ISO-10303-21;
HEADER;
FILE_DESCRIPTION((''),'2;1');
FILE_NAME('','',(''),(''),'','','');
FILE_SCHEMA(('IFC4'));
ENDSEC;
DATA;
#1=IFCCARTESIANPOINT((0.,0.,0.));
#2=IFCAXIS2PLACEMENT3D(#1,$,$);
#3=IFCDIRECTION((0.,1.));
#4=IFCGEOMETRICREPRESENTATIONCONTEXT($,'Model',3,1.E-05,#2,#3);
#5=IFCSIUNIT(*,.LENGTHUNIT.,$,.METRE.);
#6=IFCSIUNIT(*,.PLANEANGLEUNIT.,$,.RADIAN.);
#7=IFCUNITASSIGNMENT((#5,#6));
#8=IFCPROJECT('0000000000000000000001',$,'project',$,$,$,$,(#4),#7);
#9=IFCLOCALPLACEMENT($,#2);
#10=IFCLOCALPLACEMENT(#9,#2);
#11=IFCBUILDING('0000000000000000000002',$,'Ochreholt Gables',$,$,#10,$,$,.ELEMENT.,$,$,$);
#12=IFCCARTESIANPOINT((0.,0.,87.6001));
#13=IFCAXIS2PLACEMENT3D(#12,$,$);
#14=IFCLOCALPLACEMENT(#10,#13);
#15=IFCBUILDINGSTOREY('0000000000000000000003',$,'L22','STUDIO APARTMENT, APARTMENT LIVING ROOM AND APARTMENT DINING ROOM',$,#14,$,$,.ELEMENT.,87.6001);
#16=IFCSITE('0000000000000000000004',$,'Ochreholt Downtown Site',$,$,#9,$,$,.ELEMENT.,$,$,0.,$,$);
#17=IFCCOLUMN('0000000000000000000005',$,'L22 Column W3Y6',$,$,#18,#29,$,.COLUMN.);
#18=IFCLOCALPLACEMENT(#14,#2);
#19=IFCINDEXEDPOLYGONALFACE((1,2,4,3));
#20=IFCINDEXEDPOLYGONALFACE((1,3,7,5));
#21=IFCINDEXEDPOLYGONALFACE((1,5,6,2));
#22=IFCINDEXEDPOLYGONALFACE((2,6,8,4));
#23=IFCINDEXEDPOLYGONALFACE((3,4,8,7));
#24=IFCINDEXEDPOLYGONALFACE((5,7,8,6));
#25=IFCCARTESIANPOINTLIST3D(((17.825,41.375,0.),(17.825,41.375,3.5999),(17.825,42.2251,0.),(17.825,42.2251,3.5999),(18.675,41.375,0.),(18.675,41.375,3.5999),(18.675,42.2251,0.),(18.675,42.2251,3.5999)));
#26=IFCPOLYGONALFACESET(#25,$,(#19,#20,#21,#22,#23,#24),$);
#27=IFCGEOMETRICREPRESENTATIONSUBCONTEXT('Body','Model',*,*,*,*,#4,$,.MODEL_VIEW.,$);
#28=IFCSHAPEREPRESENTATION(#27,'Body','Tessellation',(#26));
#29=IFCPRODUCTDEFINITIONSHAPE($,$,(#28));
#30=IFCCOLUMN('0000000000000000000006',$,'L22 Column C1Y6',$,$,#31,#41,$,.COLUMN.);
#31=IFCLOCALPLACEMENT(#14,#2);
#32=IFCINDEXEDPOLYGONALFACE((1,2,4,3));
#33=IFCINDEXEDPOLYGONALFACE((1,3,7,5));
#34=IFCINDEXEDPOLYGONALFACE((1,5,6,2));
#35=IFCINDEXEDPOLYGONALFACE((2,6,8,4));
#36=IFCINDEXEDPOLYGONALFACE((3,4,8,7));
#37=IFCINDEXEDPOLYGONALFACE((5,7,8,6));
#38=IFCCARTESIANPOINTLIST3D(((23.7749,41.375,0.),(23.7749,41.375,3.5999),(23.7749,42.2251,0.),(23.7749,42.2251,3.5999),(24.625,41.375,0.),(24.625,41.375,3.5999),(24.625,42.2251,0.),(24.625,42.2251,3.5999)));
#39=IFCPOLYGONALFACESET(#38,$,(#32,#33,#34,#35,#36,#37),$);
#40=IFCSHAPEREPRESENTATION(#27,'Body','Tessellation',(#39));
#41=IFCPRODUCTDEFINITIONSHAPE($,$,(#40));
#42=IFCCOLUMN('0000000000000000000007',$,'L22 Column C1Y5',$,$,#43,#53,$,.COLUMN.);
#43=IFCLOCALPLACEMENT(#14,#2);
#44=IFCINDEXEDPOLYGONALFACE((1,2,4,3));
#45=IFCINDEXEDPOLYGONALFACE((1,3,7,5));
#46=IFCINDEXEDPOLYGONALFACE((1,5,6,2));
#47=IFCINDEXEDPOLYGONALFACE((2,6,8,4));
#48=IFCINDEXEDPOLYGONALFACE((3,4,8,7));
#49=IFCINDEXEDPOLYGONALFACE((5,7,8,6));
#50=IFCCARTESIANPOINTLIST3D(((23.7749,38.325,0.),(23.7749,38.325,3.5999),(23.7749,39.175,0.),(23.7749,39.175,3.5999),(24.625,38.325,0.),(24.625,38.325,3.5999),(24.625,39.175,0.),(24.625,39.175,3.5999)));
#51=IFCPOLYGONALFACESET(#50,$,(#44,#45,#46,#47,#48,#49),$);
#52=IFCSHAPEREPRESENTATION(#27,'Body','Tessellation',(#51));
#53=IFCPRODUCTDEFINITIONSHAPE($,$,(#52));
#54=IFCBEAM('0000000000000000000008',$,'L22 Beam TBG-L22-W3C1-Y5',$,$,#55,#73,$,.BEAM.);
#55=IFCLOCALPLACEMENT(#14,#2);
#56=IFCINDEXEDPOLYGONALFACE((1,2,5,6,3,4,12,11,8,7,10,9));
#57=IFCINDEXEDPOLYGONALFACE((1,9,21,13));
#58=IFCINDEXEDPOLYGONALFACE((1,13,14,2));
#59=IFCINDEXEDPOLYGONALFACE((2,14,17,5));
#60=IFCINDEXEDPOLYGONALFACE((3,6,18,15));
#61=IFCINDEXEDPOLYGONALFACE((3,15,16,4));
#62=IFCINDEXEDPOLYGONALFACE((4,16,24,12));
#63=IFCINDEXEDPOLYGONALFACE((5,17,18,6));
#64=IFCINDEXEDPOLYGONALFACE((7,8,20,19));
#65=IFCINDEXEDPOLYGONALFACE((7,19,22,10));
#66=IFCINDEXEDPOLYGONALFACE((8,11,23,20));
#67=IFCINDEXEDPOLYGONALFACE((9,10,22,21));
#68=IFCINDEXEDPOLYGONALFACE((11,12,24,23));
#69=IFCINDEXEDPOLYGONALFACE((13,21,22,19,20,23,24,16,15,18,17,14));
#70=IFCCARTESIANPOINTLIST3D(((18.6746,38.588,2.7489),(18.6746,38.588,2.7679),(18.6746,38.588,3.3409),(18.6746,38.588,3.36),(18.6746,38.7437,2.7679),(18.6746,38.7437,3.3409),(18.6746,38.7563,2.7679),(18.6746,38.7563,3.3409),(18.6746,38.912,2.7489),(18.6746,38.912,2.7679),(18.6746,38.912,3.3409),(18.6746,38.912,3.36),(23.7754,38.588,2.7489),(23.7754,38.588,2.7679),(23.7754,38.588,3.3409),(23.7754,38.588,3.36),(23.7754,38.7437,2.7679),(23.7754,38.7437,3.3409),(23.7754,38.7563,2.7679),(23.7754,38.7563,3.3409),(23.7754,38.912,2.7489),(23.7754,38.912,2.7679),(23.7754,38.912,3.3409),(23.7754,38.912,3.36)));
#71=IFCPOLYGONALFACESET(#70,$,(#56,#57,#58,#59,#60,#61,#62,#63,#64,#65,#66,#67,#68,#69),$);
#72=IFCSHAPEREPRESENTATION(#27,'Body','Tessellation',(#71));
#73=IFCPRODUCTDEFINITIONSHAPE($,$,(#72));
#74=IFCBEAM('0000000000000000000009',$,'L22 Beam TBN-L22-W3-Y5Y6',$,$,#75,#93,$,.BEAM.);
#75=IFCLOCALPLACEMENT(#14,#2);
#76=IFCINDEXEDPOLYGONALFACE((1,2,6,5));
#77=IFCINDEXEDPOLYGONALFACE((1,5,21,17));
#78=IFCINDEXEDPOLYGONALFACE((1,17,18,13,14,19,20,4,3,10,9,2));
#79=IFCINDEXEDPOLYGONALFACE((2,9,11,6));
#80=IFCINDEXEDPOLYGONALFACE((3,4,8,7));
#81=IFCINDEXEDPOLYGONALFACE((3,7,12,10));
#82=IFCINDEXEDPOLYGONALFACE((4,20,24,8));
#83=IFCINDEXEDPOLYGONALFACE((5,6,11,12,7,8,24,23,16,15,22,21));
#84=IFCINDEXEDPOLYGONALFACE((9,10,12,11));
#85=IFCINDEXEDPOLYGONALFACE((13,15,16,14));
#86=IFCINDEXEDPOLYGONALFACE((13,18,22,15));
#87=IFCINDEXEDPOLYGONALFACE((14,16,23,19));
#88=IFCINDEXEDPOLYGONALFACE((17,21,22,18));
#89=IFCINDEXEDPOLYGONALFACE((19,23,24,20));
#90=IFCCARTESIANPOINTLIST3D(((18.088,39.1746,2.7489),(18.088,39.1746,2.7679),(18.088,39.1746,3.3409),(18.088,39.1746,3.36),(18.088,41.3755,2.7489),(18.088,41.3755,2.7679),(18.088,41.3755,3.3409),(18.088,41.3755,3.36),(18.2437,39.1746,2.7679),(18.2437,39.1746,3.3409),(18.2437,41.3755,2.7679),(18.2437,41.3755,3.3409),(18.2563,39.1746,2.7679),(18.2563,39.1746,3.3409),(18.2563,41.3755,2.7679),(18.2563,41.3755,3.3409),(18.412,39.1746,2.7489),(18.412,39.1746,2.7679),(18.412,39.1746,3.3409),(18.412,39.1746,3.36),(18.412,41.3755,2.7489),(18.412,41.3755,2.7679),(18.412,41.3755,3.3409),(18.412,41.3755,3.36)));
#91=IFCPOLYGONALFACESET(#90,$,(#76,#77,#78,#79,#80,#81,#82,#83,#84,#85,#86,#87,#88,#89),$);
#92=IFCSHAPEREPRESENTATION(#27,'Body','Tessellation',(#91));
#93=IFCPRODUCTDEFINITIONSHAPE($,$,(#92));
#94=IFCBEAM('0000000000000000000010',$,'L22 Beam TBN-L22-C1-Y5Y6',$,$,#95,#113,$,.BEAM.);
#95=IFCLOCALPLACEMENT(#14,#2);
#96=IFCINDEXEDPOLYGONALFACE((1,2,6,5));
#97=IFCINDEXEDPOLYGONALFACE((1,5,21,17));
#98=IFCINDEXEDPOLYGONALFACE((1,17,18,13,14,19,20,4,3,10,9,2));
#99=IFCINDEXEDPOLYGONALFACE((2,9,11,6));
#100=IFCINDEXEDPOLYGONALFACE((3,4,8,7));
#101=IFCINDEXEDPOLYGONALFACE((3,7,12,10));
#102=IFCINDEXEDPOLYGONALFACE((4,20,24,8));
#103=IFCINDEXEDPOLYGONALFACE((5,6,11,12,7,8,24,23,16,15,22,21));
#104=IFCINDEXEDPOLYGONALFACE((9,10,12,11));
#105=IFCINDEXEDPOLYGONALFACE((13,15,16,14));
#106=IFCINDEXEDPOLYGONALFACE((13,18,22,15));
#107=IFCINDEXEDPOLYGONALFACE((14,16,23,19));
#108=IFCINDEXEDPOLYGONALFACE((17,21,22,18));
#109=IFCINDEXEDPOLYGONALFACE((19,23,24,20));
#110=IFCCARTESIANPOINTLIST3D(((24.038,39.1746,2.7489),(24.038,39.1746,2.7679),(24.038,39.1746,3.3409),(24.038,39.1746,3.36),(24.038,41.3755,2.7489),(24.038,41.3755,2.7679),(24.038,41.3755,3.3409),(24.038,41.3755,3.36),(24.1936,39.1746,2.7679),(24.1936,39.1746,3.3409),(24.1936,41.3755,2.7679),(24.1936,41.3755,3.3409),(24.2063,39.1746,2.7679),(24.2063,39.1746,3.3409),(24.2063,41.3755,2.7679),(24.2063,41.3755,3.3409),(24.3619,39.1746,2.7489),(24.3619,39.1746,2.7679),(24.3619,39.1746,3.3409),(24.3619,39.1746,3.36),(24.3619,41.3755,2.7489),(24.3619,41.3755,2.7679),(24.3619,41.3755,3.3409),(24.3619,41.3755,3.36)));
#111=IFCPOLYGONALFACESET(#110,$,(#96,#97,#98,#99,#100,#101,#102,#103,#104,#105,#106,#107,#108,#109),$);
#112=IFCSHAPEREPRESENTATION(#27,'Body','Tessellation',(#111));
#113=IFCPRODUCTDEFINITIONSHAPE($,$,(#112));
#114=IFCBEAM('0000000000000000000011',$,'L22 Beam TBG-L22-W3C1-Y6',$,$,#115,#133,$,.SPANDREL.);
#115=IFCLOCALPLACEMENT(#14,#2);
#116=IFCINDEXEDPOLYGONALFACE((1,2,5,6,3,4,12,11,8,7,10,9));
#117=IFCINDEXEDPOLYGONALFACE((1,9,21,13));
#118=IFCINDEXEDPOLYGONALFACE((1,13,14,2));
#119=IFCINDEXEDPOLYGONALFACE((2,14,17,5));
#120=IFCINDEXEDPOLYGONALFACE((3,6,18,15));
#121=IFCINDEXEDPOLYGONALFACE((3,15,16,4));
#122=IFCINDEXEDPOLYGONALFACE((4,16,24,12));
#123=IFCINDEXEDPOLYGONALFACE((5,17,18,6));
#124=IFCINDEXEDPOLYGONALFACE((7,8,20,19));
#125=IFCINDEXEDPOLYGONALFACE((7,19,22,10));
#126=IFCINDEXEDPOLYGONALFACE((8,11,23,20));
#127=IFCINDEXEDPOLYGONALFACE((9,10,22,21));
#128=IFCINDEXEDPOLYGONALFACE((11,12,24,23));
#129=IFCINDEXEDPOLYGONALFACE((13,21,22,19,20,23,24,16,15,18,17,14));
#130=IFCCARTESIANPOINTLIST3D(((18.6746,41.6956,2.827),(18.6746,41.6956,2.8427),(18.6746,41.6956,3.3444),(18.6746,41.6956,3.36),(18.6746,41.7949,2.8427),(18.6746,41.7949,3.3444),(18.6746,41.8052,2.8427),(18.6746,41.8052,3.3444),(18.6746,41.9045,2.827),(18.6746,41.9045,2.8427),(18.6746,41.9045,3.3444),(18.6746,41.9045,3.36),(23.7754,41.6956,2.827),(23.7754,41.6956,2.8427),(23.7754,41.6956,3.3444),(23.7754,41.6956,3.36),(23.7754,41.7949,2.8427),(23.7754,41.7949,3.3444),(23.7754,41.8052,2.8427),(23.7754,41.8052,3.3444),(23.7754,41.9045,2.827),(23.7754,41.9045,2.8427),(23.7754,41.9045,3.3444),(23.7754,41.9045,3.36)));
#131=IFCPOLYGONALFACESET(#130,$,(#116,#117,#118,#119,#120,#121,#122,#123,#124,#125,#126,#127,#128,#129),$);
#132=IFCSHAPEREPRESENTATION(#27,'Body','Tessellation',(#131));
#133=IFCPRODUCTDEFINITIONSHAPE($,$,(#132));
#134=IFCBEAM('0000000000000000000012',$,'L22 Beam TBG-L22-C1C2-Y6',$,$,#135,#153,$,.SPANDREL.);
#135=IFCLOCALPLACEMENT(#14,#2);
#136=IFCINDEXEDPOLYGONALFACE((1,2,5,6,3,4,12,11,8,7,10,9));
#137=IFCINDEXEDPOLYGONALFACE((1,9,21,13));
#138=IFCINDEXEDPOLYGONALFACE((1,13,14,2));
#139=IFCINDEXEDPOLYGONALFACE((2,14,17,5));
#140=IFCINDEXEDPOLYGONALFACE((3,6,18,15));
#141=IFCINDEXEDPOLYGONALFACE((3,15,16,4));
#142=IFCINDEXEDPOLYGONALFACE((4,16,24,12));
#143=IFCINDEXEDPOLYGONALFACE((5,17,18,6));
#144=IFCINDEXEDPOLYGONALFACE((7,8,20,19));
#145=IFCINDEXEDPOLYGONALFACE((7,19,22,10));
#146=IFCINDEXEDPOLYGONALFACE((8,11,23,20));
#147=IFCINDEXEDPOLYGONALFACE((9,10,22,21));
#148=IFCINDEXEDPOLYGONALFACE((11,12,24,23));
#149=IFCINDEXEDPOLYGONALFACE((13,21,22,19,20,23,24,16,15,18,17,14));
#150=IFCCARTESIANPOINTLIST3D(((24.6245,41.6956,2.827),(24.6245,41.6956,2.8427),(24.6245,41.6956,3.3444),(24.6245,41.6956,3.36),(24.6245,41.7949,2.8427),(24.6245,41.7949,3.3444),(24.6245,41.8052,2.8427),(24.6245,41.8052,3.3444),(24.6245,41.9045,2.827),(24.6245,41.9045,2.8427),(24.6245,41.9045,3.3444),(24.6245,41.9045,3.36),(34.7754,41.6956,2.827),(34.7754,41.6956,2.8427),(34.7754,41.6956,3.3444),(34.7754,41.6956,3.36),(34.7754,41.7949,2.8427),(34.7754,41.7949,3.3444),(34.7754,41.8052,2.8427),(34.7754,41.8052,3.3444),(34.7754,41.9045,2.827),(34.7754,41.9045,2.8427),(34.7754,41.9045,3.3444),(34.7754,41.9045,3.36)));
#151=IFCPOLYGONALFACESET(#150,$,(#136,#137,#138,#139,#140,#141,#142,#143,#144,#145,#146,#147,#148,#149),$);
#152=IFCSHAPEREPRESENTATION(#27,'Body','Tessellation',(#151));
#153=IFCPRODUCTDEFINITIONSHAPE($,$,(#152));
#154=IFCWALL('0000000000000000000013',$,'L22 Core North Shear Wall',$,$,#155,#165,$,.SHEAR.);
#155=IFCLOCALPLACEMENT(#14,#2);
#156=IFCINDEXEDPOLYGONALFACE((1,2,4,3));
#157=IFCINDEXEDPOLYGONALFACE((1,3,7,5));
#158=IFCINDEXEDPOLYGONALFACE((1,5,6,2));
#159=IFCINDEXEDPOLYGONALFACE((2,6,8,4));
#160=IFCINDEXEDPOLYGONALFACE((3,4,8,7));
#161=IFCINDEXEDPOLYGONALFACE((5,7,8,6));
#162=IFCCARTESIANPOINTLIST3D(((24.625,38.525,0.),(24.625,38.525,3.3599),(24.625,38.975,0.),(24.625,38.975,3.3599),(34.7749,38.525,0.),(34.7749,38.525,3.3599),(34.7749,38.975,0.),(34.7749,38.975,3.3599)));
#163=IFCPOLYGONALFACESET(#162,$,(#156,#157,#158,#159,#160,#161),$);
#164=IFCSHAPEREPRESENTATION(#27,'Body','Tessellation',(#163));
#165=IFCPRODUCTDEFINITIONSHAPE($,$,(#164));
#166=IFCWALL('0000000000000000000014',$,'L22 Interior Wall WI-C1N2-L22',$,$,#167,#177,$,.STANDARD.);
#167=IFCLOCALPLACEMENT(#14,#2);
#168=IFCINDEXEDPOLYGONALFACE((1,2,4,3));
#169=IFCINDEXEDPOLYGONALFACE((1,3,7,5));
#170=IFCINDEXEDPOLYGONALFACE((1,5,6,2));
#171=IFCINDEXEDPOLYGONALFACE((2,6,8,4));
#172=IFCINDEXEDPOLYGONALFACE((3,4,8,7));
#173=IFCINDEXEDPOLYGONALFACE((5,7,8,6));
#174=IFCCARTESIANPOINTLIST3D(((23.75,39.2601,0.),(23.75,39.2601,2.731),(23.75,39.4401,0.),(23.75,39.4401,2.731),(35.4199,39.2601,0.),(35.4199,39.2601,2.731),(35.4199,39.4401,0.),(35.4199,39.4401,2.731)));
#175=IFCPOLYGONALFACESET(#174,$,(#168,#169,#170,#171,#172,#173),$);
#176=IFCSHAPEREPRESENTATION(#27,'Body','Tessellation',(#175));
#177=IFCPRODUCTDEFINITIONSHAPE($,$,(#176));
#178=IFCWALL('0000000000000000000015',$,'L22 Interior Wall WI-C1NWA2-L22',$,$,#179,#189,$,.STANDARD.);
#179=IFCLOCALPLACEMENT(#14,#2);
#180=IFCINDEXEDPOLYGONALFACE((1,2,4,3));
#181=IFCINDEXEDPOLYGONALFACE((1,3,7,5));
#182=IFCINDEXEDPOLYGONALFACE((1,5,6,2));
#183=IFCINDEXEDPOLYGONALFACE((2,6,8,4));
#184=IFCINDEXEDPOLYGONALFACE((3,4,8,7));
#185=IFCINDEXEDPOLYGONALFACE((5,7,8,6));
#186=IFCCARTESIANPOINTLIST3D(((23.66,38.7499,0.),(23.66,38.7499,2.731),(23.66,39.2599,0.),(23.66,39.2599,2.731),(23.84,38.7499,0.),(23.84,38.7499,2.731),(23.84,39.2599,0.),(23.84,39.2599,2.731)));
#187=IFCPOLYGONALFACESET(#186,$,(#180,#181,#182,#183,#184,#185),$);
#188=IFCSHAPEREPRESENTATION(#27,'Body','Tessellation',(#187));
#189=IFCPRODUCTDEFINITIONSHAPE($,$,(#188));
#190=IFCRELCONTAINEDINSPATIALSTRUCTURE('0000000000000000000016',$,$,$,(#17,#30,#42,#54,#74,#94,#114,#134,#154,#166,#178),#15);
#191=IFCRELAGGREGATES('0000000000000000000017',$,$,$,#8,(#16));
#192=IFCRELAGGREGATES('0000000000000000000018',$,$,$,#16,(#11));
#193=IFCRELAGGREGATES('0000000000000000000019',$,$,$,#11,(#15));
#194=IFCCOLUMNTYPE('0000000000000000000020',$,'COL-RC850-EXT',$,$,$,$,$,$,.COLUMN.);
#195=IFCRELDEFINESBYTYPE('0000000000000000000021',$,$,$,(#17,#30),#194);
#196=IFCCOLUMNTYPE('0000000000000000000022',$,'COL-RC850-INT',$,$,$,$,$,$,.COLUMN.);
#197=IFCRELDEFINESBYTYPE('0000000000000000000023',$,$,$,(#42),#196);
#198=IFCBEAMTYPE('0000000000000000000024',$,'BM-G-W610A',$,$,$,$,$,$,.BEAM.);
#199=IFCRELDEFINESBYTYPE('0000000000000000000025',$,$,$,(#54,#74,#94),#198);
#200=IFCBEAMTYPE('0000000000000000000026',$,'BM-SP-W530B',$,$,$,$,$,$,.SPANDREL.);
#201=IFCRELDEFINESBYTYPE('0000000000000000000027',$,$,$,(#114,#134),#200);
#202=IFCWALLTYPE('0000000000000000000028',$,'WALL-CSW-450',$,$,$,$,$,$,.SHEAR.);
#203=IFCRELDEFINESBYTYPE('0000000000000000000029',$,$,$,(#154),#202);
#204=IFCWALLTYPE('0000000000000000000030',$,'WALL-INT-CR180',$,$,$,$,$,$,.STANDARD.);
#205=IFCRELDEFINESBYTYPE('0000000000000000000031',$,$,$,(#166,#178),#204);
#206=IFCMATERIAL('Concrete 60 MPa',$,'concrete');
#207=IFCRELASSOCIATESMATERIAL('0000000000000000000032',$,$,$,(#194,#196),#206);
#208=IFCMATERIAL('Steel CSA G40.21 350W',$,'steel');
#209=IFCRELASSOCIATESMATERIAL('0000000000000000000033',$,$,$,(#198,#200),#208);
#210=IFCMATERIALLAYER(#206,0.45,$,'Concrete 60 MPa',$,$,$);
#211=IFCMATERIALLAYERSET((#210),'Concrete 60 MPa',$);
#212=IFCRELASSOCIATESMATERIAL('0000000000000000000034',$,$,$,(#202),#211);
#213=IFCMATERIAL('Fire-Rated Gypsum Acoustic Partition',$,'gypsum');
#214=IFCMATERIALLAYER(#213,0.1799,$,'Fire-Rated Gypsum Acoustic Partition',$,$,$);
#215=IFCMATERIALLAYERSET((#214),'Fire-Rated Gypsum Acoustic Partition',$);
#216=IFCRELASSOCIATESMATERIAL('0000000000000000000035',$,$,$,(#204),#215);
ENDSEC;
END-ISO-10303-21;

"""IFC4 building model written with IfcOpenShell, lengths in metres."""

from ifc_helpers import new_model, si_unit, direction, frame, frame_2d, origin, origin_2d, place, context, subcontext, project, spatial, rectangle, i_section, extrude, material, layer, layer_set, material_profile, profile_set, type_object, element, save


model = new_model("IFC4")

# Units and contexts
model_context = context("Model", 3, precision=1e-05, world=origin(), true_north=direction((0.0, 1.0)))
body_context = subcontext(model_context, "Body", "Model", "MODEL_VIEW")
ifc_project = project(units=[si_unit("LENGTHUNIT", "METRE"), si_unit("PLANEANGLEUNIT", "RADIAN")], contexts=[model_context])

# Site, building, storey
site_placement = place(None, origin())
site = spatial("IfcSite", under=ifc_project, at=site_placement, Name="Ochreholt Downtown Site", CompositionType="ELEMENT", RefElevation=0.0)
building_placement = place(site_placement, origin())
building = spatial("IfcBuilding", under=site, at=building_placement, Name="Ochreholt Gables", CompositionType="ELEMENT")
storey_placement = place(building_placement, frame((0.0, 0.0, 87.6001)))
storey = spatial("IfcBuildingStorey", under=building, at=storey_placement, Name="L22", Description="STUDIO APARTMENT, APARTMENT LIVING ROOM AND APARTMENT DINING ROOM", CompositionType="ELEMENT", Elevation=87.6001)

# Columns
ifc_material_1 = material(Name="Concrete 60 MPa", Category="concrete")
ifc_material_profile_1 = material_profile(ifc_material_1, rectangle(XDim=0.8501, YDim=0.8501, at=origin_2d()), Name="RC850X850")
ifc_profile_set_1 = profile_set([ifc_material_profile_1], Name="Concrete 60 MPa")
column_type_1 = type_object("IfcColumnType", Name="COL-RC850-EXT", PredefinedType="COLUMN", material=ifc_profile_set_1)
for number, where, z_axis, x_axis, name in (
    (1, (18.25, 41.8, 0.0), (0.0, 0.0, 1.0), (1.0, 0.0, 0.0), "L22 Column W3Y6"),
    (2, (24.2, 41.8, 0.0), (0.0, 0.0, 1.0), (1.0, 0.0, 0.0), "L22 Column C1Y6"),
):
    element("IfcColumn", number, at=place(storey_placement, frame(where, z_axis=z_axis, x_axis=x_axis)), inside=storey, type_object=column_type_1, Name=name, PredefinedType="COLUMN", context=body_context, shape_type="SweptSolid", body=[
        extrude(rectangle(XDim=0.8501, YDim=0.8501, at=origin_2d()), origin(), (0.0, 0.0, 1.0), 3.5999),
    ])
ifc_material_profile_2 = material_profile(ifc_material_1, rectangle(XDim=0.8501, YDim=0.8501, at=origin_2d()), Name="RC850X850")
ifc_profile_set_2 = profile_set([ifc_material_profile_2], Name="Concrete 60 MPa")
column_type_2 = type_object("IfcColumnType", Name="COL-RC850-INT", PredefinedType="COLUMN", material=ifc_profile_set_2)
column_placement = place(storey_placement, frame((24.2, 38.75, 0.0), z_axis=(0.0, 0.0, 1.0), x_axis=(1.0, 0.0, 0.0)))
element("IfcColumn", 3, at=column_placement, inside=storey, type_object=column_type_2, Name="L22 Column C1Y5", PredefinedType="COLUMN", context=body_context, shape_type="SweptSolid", body=[
    extrude(rectangle(XDim=0.8501, YDim=0.8501, at=origin_2d()), origin(), (0.0, 0.0, 1.0), 3.5999),
])

# Beams
ifc_material_2 = material(Name="Steel CSA G40.21 350W", Category="steel")
ifc_material_profile_3 = material_profile(ifc_material_2, i_section(OverallWidth=0.324, OverallDepth=0.6111, WebThickness=0.0127, FlangeThickness=0.019, at=origin_2d()), Name="W610X155")
ifc_profile_set_3 = profile_set([ifc_material_profile_3], Name="Steel CSA G40.21 350W")
beam_type_1 = type_object("IfcBeamType", Name="BM-G-W610A", PredefinedType="BEAM", material=ifc_profile_set_3)
beam_1_placement = place(storey_placement, frame((18.6746, 38.75, 3.0544), z_axis=(1.0, 0.0, 0.0), x_axis=(0.0, 1.0, 0.0)))
element("IfcBeam", 4, at=beam_1_placement, inside=storey, type_object=beam_type_1, Name="L22 Beam TBG-L22-W3C1-Y5", PredefinedType="BEAM", context=body_context, shape_type="SweptSolid", body=[
    extrude(i_section(OverallWidth=0.324, OverallDepth=0.6111, WebThickness=0.0127, FlangeThickness=0.019, at=origin_2d()), origin(), (0.0, 0.0, 1.0), 5.1008),
])
for number, where, z_axis, x_axis, name in (
    (5, (18.25, 39.1746, 3.0544), (0.0, 1.0, 0.0), (-1.0, 0.0, 0.0), "L22 Beam TBN-L22-W3-Y5Y6"),
    (6, (24.2, 39.1746, 3.0544), (0.0, 1.0, 0.0), (-1.0, 0.0, 0.0), "L22 Beam TBN-L22-C1-Y5Y6"),
):
    element("IfcBeam", number, at=place(storey_placement, frame(where, z_axis=z_axis, x_axis=x_axis)), inside=storey, type_object=beam_type_1, Name=name, PredefinedType="BEAM", context=body_context, shape_type="SweptSolid", body=[
        extrude(i_section(OverallWidth=0.324, OverallDepth=0.6111, WebThickness=0.0127, FlangeThickness=0.019, at=origin_2d()), origin(), (0.0, 0.0, 1.0), 2.2009),
    ])
ifc_material_profile_4 = material_profile(ifc_material_2, i_section(OverallWidth=0.209, OverallDepth=0.533, WebThickness=0.0103, FlangeThickness=0.0156, at=origin_2d()), Name="W530X92")
ifc_profile_set_4 = profile_set([ifc_material_profile_4], Name="Steel CSA G40.21 350W")
beam_type_2 = type_object("IfcBeamType", Name="BM-SP-W530B", PredefinedType="SPANDREL", material=ifc_profile_set_4)
beam_2_placement = place(storey_placement, frame((18.6746, 41.8, 3.0935), z_axis=(1.0, 0.0, 0.0), x_axis=(0.0, 1.0, 0.0)))
element("IfcBeam", 7, at=beam_2_placement, inside=storey, type_object=beam_type_2, Name="L22 Beam TBG-L22-W3C1-Y6", PredefinedType="SPANDREL", context=body_context, shape_type="SweptSolid", body=[
    extrude(i_section(OverallWidth=0.209, OverallDepth=0.533, WebThickness=0.0103, FlangeThickness=0.0156, at=origin_2d()), origin(), (0.0, 0.0, 1.0), 5.1008),
])
beam_3_placement = place(storey_placement, frame((24.6245, 41.8, 3.0935), z_axis=(1.0, 0.0, 0.0), x_axis=(0.0, 1.0, 0.0)))
element("IfcBeam", 8, at=beam_3_placement, inside=storey, type_object=beam_type_2, Name="L22 Beam TBG-L22-C1C2-Y6", PredefinedType="SPANDREL", context=body_context, shape_type="SweptSolid", body=[
    extrude(i_section(OverallWidth=0.209, OverallDepth=0.533, WebThickness=0.0103, FlangeThickness=0.0156, at=origin_2d()), origin(), (0.0, 0.0, 1.0), 10.1509),
])

# Wall
ifc_layer_1 = layer(ifc_material_1, 0.45, Name="Concrete 60 MPa")
ifc_layer_set_1 = layer_set([ifc_layer_1], Name="Concrete 60 MPa")
wall_type_1 = type_object("IfcWallType", Name="WALL-CSW-450", PredefinedType="SHEAR", material=ifc_layer_set_1)
wall_1_placement = place(storey_placement, frame((24.625, 38.75, 0.0), z_axis=(0.0, 0.0, 1.0), x_axis=(1.0, 0.0, 0.0)))
element("IfcWall", 9, at=wall_1_placement, inside=storey, type_object=wall_type_1, Name="L22 Core North Shear Wall", PredefinedType="SHEAR", context=body_context, shape_type="SweptSolid", body=[
    extrude(rectangle(XDim=10.1499, YDim=0.45, at=frame_2d((5.075, 0.0))), origin(), (0.0, 0.0, 1.0), 3.3599),
])

# Shared definitions
ifc_material_3 = material(Name="Fire-Rated Gypsum Acoustic Partition", Category="gypsum")
ifc_layer_2 = layer(ifc_material_3, 0.1799, Name="Fire-Rated Gypsum Acoustic Partition")
ifc_layer_set_2 = layer_set([ifc_layer_2], Name="Fire-Rated Gypsum Acoustic Partition")
wall_type_2 = type_object("IfcWallType", Name="WALL-INT-CR180", PredefinedType="STANDARD", material=ifc_layer_set_2)

# Walls
wall_2_placement = place(storey_placement, frame((23.75, 39.3501, 0.0), z_axis=(0.0, 0.0, 1.0), x_axis=(1.0, 0.0, 0.0)))
element("IfcWall", 10, at=wall_2_placement, inside=storey, type_object=wall_type_2, Name="L22 Interior Wall WI-C1N2-L22", PredefinedType="STANDARD", context=body_context, shape_type="SweptSolid", body=[
    extrude(rectangle(XDim=11.6699, YDim=0.1799, at=frame_2d((5.835, 0.0))), origin(), (0.0, 0.0, 1.0), 2.731),
])
wall_3_placement = place(storey_placement, frame((23.75, 38.75, 0.0), z_axis=(0.0, 0.0, 1.0), x_axis=(0.0, 1.0, 0.0)))
element("IfcWall", 11, at=wall_3_placement, inside=storey, type_object=wall_type_2, Name="L22 Interior Wall WI-C1NWA2-L22", PredefinedType="STANDARD", context=body_context, shape_type="SweptSolid", body=[
    extrude(rectangle(XDim=0.51, YDim=0.1799, at=frame_2d((0.2549, 0.0))), origin(), (0.0, 0.0, 1.0), 2.731),
])

save(model, "model.ifc")
